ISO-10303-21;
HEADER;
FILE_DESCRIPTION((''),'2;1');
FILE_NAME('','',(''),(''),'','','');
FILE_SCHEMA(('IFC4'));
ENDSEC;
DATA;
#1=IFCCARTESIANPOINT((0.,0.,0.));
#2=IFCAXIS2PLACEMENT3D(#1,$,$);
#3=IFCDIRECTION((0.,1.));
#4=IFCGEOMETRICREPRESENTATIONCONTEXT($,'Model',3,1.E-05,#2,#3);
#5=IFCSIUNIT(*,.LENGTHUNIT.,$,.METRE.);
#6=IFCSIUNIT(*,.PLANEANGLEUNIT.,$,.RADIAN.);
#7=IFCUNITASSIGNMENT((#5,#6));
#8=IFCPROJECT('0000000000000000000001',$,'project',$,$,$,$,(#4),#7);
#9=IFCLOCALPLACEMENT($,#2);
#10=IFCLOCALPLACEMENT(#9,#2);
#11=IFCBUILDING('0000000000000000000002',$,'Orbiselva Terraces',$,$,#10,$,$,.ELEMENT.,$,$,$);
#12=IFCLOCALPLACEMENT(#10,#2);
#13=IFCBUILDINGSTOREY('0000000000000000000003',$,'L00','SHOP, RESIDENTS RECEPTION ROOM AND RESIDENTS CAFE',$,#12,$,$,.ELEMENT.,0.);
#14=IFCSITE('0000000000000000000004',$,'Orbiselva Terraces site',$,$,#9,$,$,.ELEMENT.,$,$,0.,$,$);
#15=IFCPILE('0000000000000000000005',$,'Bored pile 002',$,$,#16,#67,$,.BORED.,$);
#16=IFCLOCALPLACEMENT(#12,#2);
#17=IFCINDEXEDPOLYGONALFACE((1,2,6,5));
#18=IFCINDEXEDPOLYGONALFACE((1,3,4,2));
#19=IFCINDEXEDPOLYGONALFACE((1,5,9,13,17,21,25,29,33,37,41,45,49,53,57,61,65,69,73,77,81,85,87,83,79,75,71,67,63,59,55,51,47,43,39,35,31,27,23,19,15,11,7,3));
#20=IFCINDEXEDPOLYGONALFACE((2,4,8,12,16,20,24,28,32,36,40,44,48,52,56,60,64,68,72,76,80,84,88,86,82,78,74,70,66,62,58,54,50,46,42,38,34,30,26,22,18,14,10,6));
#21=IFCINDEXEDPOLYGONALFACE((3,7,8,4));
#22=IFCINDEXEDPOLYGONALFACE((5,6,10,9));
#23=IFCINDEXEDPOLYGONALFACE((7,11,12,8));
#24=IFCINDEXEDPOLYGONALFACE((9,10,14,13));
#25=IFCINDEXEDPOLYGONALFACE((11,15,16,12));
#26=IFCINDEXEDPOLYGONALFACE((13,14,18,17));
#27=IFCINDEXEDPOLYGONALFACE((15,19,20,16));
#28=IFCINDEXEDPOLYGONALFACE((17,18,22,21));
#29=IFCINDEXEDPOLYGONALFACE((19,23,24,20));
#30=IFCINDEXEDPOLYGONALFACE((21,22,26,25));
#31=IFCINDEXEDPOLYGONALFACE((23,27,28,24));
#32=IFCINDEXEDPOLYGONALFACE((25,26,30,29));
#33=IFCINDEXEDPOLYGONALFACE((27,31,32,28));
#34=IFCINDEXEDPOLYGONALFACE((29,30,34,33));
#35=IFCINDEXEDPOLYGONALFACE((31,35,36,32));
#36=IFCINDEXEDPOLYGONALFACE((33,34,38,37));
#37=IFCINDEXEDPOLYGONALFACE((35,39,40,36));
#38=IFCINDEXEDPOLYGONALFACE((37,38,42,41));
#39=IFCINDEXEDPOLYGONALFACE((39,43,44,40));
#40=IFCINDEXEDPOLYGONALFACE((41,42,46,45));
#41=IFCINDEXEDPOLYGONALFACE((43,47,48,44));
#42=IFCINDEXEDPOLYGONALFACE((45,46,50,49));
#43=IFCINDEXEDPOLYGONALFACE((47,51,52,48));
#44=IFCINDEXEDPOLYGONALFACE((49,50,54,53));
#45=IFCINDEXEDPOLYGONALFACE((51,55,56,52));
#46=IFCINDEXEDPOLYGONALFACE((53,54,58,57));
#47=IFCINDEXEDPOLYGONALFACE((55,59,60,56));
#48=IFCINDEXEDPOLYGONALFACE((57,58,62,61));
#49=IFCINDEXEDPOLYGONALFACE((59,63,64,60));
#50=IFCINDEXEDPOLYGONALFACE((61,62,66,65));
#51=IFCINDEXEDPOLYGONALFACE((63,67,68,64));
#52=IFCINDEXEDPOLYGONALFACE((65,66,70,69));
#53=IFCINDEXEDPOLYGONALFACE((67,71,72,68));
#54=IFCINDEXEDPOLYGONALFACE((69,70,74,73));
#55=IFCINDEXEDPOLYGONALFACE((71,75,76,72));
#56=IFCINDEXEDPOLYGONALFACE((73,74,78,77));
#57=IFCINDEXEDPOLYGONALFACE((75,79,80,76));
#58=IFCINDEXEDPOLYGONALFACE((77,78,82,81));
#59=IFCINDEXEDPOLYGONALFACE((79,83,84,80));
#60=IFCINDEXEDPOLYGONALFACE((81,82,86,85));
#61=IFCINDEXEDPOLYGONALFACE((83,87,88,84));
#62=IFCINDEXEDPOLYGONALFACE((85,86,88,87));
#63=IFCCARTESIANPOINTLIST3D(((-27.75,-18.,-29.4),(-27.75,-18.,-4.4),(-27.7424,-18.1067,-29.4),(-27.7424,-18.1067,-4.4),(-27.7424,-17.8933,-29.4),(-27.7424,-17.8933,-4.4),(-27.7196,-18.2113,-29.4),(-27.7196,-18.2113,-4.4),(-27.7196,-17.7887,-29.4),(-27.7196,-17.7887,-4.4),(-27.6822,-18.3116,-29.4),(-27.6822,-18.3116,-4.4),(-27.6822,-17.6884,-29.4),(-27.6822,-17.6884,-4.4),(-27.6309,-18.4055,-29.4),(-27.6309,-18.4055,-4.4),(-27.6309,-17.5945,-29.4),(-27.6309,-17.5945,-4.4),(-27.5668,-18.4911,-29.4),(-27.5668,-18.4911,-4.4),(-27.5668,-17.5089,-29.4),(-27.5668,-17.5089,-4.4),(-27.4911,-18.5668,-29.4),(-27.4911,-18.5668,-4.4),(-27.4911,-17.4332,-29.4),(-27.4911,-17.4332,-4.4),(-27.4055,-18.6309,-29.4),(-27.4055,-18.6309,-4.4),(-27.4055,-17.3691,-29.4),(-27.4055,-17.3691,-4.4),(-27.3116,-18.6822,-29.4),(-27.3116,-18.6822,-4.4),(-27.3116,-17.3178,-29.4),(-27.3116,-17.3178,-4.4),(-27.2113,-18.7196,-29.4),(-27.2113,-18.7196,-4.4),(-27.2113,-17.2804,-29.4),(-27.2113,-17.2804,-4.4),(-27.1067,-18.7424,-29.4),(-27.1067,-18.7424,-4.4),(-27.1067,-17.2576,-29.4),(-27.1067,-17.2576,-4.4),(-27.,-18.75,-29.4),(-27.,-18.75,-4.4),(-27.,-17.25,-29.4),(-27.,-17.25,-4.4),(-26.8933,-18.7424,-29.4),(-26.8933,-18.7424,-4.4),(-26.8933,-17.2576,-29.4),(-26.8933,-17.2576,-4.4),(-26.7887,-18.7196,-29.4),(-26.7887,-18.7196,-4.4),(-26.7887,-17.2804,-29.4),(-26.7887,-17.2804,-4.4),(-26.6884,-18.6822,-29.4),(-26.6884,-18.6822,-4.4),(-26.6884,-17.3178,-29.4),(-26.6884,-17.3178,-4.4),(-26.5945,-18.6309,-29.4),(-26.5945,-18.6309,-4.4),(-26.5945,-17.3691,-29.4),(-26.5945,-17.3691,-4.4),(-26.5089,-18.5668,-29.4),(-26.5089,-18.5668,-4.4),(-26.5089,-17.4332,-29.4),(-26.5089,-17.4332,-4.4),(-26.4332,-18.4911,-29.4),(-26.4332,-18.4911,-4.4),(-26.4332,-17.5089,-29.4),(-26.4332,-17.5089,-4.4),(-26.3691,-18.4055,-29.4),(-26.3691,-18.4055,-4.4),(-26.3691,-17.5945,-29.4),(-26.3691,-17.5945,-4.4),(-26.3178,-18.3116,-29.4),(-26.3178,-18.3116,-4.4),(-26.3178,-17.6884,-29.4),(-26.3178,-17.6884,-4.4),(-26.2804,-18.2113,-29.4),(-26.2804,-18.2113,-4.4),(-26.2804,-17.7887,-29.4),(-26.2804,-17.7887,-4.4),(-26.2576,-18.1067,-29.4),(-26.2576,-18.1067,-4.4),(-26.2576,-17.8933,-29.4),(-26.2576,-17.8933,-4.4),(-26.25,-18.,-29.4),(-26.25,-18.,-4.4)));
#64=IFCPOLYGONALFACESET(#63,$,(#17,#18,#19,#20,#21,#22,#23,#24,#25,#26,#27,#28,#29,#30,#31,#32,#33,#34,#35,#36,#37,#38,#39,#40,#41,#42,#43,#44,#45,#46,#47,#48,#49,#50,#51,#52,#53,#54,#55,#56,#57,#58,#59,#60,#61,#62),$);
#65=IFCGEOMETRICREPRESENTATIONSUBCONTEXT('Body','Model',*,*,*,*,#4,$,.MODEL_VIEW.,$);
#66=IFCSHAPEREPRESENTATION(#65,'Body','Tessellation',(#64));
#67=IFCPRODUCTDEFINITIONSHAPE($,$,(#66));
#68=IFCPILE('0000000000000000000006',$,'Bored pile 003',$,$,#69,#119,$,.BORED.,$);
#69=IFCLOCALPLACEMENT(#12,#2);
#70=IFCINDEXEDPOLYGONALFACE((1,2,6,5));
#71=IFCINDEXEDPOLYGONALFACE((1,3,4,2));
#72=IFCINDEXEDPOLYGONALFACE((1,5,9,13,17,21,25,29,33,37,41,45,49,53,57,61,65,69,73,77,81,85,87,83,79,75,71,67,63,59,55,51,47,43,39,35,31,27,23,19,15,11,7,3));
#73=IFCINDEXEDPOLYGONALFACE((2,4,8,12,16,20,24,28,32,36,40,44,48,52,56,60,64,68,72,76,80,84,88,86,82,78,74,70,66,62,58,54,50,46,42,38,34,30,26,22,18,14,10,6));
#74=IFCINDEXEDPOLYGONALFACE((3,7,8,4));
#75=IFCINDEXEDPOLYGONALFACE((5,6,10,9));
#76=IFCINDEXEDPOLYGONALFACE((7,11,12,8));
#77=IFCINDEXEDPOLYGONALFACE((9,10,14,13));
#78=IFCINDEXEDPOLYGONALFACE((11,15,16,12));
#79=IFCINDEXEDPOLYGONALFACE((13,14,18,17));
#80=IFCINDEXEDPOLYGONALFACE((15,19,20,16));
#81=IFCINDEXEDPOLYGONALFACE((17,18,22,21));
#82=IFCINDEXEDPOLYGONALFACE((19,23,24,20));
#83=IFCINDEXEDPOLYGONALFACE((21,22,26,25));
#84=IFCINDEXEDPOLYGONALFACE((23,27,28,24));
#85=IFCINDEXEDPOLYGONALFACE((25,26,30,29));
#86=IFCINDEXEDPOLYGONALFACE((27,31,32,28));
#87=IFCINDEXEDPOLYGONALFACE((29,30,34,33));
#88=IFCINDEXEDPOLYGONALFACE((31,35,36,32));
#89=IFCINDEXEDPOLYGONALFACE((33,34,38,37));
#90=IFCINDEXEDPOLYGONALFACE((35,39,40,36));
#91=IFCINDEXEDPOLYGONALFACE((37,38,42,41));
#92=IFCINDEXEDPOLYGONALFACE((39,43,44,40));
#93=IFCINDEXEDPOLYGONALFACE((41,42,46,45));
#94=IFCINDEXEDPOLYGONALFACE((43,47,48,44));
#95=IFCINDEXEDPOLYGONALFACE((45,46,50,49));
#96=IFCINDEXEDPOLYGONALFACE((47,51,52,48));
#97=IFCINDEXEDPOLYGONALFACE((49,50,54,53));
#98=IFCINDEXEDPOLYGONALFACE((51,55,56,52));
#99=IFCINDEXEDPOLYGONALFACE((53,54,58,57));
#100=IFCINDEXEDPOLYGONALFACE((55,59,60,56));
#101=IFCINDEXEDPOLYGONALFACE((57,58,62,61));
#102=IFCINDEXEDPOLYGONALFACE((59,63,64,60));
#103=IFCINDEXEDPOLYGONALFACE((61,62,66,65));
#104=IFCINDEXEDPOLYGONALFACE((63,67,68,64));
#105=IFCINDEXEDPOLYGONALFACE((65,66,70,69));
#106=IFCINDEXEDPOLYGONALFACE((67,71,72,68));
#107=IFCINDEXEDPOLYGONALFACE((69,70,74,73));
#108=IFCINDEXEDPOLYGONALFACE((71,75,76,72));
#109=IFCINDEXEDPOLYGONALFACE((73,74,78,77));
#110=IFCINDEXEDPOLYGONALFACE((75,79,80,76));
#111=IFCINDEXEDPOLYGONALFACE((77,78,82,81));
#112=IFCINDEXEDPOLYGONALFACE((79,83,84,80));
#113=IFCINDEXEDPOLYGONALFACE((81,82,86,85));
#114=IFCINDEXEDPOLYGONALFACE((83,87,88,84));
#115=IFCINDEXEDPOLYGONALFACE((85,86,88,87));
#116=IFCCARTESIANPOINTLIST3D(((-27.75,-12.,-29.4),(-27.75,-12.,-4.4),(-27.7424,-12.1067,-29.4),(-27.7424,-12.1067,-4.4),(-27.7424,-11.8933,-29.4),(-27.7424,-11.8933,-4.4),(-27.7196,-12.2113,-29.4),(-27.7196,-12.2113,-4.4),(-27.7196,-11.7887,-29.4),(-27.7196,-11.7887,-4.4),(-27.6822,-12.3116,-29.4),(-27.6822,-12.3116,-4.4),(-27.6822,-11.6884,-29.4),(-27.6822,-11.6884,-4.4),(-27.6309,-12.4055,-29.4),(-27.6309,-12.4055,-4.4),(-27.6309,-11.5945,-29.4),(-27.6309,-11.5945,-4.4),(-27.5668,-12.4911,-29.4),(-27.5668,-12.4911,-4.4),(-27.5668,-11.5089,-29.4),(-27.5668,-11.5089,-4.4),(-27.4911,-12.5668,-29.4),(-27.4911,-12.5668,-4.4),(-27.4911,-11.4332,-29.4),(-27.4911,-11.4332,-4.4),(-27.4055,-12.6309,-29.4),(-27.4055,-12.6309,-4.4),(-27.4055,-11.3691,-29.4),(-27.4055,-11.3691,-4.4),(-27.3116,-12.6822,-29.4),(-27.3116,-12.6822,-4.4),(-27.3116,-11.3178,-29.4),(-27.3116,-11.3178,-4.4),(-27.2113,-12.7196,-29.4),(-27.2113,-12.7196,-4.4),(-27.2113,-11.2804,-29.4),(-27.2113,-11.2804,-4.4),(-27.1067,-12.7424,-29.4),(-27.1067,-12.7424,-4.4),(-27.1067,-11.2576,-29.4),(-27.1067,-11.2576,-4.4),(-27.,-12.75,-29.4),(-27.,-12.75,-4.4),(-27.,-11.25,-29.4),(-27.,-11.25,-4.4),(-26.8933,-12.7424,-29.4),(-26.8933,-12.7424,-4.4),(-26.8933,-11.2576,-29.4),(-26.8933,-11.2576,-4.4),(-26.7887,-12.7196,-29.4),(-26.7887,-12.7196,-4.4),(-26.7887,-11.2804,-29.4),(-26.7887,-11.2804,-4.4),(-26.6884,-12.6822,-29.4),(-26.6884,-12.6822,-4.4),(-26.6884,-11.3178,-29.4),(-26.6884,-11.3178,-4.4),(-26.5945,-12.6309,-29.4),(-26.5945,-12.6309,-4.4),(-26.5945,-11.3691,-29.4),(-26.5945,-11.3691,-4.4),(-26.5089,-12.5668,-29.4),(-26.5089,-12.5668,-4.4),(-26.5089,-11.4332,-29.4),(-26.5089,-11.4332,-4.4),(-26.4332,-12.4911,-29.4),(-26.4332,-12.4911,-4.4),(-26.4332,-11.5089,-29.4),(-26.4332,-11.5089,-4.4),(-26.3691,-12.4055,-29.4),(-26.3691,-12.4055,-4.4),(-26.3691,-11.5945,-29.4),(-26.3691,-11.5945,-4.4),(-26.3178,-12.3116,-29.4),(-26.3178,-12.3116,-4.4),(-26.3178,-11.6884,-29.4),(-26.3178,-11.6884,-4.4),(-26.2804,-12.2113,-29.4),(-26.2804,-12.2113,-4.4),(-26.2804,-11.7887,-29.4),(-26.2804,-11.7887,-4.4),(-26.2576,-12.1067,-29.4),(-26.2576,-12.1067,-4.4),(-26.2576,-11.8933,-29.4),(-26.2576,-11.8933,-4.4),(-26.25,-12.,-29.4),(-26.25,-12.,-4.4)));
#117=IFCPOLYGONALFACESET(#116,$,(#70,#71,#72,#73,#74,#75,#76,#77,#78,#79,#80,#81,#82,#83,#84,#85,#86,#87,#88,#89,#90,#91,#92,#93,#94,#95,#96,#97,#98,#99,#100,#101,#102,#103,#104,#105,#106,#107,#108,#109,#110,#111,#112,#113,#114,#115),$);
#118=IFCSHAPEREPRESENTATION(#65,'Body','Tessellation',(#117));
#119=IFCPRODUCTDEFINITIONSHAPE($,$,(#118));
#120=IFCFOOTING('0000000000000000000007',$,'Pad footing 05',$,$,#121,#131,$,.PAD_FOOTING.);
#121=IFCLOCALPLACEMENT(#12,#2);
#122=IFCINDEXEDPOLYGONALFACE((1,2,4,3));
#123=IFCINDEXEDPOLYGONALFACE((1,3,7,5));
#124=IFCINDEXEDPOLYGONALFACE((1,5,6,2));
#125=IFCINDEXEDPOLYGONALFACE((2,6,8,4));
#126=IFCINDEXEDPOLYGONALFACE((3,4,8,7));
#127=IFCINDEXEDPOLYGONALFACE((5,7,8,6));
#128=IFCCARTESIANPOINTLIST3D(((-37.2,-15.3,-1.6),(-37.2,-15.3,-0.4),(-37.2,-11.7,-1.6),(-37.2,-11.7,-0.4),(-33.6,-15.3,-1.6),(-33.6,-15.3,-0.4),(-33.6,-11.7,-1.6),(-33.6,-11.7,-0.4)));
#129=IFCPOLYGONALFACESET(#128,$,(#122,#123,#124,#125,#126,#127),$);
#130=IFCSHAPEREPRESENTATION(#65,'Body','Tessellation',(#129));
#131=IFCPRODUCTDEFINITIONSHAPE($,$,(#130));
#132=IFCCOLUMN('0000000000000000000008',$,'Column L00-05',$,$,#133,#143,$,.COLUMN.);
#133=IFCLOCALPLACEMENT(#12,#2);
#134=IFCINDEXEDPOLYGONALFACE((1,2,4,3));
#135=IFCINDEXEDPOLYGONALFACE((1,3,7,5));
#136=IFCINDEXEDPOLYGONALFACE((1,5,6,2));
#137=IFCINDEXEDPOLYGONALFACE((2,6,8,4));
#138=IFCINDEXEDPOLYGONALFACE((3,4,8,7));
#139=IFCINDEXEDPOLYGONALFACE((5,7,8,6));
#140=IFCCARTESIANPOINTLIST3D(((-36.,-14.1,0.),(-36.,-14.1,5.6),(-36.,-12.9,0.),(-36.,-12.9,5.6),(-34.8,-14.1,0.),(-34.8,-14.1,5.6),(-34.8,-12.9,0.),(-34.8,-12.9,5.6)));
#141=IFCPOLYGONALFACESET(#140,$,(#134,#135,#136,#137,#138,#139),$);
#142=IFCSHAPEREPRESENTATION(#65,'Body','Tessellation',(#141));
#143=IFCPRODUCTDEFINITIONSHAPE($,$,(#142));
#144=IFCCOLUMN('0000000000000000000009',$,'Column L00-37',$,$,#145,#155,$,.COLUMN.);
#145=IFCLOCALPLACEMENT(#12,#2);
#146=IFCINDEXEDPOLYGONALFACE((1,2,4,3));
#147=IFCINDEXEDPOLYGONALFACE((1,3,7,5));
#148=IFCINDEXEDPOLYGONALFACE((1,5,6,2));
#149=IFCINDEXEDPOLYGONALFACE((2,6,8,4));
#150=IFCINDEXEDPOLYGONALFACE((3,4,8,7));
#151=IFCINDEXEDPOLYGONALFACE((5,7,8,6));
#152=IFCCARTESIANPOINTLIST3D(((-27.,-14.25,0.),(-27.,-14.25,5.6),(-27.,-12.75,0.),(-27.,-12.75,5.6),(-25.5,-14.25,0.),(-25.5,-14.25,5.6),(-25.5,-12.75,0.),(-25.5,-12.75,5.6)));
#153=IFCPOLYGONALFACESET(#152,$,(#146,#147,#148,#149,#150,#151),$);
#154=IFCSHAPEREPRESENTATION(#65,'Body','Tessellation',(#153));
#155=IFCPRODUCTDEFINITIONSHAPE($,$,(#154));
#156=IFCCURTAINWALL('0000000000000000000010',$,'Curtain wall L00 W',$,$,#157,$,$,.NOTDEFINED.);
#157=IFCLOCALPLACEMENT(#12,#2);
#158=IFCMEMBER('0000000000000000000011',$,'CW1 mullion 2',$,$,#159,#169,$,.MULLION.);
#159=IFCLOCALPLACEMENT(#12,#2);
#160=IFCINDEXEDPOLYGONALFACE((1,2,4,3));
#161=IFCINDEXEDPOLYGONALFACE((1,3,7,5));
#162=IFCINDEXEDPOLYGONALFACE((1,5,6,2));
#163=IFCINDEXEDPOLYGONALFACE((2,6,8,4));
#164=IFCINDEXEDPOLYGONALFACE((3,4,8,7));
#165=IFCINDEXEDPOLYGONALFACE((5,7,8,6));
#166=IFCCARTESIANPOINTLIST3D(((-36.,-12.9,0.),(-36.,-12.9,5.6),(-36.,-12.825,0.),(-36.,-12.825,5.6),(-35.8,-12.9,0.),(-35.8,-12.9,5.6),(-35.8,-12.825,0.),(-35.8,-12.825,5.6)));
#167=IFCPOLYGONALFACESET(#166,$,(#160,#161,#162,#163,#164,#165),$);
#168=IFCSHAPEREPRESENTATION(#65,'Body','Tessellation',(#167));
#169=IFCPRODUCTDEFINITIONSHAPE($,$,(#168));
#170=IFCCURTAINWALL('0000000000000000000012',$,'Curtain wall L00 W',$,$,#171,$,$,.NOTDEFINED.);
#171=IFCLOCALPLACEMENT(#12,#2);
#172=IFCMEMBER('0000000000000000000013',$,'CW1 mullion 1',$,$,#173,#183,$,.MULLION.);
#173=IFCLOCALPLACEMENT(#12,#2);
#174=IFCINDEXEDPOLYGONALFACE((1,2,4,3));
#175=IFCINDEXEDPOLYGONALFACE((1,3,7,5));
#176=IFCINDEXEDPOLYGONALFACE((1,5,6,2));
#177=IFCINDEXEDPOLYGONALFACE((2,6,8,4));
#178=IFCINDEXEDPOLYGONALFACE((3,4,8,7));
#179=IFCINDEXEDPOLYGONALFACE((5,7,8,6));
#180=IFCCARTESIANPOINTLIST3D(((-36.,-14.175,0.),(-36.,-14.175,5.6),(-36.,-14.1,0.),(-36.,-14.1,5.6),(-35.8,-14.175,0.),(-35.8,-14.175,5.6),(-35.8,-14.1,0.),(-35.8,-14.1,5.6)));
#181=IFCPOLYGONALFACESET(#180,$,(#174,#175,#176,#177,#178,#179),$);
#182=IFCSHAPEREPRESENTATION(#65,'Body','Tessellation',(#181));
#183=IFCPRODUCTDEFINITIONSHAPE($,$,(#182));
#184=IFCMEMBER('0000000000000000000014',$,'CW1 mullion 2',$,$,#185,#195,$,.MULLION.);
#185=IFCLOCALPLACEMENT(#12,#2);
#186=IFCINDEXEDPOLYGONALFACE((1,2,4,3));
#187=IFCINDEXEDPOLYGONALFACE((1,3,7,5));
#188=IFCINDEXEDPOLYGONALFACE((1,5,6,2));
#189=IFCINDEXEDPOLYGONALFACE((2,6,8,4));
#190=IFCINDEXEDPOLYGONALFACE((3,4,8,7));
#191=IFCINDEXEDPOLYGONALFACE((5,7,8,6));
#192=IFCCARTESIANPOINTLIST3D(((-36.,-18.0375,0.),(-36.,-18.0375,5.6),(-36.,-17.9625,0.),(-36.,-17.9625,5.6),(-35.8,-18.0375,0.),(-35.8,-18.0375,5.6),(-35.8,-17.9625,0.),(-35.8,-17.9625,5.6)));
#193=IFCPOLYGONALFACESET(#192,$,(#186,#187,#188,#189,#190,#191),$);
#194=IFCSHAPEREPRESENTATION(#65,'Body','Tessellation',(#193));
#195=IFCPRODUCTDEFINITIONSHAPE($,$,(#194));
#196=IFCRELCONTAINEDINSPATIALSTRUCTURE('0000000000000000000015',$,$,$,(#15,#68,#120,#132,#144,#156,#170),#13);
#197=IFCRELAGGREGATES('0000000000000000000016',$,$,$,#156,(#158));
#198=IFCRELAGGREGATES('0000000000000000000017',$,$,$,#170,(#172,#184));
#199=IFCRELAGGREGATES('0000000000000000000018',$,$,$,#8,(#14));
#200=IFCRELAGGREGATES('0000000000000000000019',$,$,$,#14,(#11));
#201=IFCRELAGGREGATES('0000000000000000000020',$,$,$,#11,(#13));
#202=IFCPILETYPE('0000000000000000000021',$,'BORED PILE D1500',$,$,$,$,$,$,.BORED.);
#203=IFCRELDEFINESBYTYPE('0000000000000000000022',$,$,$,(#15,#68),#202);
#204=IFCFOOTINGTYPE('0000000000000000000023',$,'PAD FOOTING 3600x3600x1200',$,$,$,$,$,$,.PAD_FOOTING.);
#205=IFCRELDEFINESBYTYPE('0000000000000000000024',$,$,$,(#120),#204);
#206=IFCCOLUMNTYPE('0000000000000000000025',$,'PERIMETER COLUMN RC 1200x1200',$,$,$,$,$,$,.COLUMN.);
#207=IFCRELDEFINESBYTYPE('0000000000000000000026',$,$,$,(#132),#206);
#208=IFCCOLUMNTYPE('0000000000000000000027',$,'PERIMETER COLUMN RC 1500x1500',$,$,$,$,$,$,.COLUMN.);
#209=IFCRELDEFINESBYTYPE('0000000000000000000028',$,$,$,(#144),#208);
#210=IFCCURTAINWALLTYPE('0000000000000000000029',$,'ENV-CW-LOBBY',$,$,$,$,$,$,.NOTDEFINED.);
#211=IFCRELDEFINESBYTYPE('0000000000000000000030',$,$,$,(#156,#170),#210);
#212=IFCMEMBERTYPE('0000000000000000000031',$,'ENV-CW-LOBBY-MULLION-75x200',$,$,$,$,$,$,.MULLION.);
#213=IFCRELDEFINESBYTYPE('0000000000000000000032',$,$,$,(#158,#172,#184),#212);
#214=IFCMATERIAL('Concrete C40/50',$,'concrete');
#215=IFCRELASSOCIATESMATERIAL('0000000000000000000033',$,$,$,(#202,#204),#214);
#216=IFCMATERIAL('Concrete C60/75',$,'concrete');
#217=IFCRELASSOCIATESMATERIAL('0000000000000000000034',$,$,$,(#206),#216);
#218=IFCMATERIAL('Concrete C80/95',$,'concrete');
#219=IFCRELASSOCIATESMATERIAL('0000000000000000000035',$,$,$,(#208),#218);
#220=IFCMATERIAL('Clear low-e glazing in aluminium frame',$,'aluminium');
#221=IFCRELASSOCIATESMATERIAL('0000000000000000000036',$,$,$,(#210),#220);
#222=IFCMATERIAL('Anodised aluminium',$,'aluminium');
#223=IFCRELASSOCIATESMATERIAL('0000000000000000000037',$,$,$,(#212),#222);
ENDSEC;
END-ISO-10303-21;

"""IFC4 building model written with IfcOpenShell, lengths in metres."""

from ifc_helpers import new_model, si_unit, direction, frame, origin, origin_2d, place, context, subcontext, project, spatial, rectangle, circle, extrude, material, material_profile, profile_set, type_object, element, aggregate, save


model = new_model("IFC4")

# Units and contexts
model_context = context("Model", 3, precision=1e-05, world=origin(), true_north=direction((0.0, 1.0)))
body_context = subcontext(model_context, "Body", "Model", "MODEL_VIEW")
ifc_project = project(units=[si_unit("LENGTHUNIT", "METRE"), si_unit("PLANEANGLEUNIT", "RADIAN")], contexts=[model_context])

# Site, building, storey
site_placement = place(None, origin())
site = spatial("IfcSite", under=ifc_project, at=site_placement, Name="Orbiselva Terraces site", CompositionType="ELEMENT", RefElevation=0.0)
building_placement = place(site_placement, origin())
building = spatial("IfcBuilding", under=site, at=building_placement, Name="Orbiselva Terraces", CompositionType="ELEMENT")
storey_placement = place(building_placement, origin())
storey = spatial("IfcBuildingStorey", under=building, at=storey_placement, Name="L00", Description="SHOP, RESIDENTS RECEPTION ROOM AND RESIDENTS CAFE", CompositionType="ELEMENT", Elevation=0.0)

# Piles
ifc_material_1 = material(Name="Concrete C40/50", Category="concrete")
ifc_material_profile_1 = material_profile(ifc_material_1, circle(Radius=0.75, at=origin_2d()), Name="D1500")
ifc_profile_set_1 = profile_set([ifc_material_profile_1], Name="Concrete C40/50")
pile_type = type_object("IfcPileType", Name="BORED PILE D1500", PredefinedType="BORED", material=ifc_profile_set_1)
for number, where, z_axis, x_axis, name in (
    (1, (-27.0, -18.0, -4.4), (0.0, 0.0, -1.0), (1.0, 0.0, 0.0), "Bored pile 002"),
    (2, (-27.0, -12.0, -4.4), (0.0, 0.0, -1.0), (1.0, 0.0, 0.0), "Bored pile 003"),
):
    element("IfcPile", number, at=place(storey_placement, frame(where, z_axis=z_axis, x_axis=x_axis)), inside=storey, type_object=pile_type, Name=name, PredefinedType="BORED", context=body_context, shape_type="SweptSolid", body=[
        extrude(circle(Radius=0.75, at=origin_2d()), origin(), (0.0, 0.0, 1.0), 25.0),
    ])

# Footing
footing_type = type_object("IfcFootingType", Name="PAD FOOTING 3600x3600x1200", PredefinedType="PAD_FOOTING", material=ifc_material_1)
footing_placement = place(storey_placement, frame((-35.4, -13.5, -1.6), z_axis=(0.0, 0.0, 1.0), x_axis=(1.0, 0.0, 0.0)))
element("IfcFooting", 3, at=footing_placement, inside=storey, type_object=footing_type, Name="Pad footing 05", PredefinedType="PAD_FOOTING", context=body_context, shape_type="SweptSolid", body=[
    extrude(rectangle(XDim=3.6, YDim=3.6, at=origin_2d()), origin(), (0.0, 0.0, 1.0), 1.2),
])

# Columns
ifc_material_2 = material(Name="Concrete C60/75", Category="concrete")
ifc_material_profile_2 = material_profile(ifc_material_2, rectangle(XDim=1.2, YDim=1.2, at=origin_2d()), Name="RC 1200x1200")
ifc_profile_set_2 = profile_set([ifc_material_profile_2], Name="Concrete C60/75")
column_type_1 = type_object("IfcColumnType", Name="PERIMETER COLUMN RC 1200x1200", PredefinedType="COLUMN", material=ifc_profile_set_2)
column_1_placement = place(storey_placement, frame((-35.4, -13.5, 0.0), z_axis=(0.0, 0.0, 1.0), x_axis=(1.0, 0.0, 0.0)))
element("IfcColumn", 4, at=column_1_placement, inside=storey, type_object=column_type_1, Name="Column L00-05", PredefinedType="COLUMN", context=body_context, shape_type="SweptSolid", body=[
    extrude(rectangle(XDim=1.2, YDim=1.2, at=origin_2d()), origin(), (0.0, 0.0, 1.0), 5.6),
])
ifc_material_3 = material(Name="Concrete C80/95", Category="concrete")
ifc_material_profile_3 = material_profile(ifc_material_3, rectangle(XDim=1.5, YDim=1.5, at=origin_2d()), Name="RC 1500x1500")
ifc_profile_set_3 = profile_set([ifc_material_profile_3], Name="Concrete C80/95")
column_type_2 = type_object("IfcColumnType", Name="PERIMETER COLUMN RC 1500x1500", PredefinedType="COLUMN", material=ifc_profile_set_3)
column_2_placement = place(storey_placement, frame((-26.25, -13.5, 0.0), z_axis=(0.0, 0.0, 1.0), x_axis=(1.0, 0.0, 0.0)))
element("IfcColumn", 5, at=column_2_placement, inside=storey, type_object=column_type_2, Name="Column L00-37", PredefinedType="COLUMN", context=body_context, shape_type="SweptSolid", body=[
    extrude(rectangle(XDim=1.5, YDim=1.5, at=origin_2d()), origin(), (0.0, 0.0, 1.0), 5.6),
])

# Curtain wall, member
ifc_material_4 = material(Name="Clear low-e glazing in aluminium frame", Category="aluminium")
curtain_wall_type = type_object("IfcCurtainWallType", Name="ENV-CW-LOBBY", PredefinedType="NOTDEFINED", material=ifc_material_4)
curtain_wall_1_placement = place(storey_placement, origin())
curtain_wall_1 = element("IfcCurtainWall", 6, at=curtain_wall_1_placement, inside=storey, type_object=curtain_wall_type, Name="Curtain wall L00 W", PredefinedType="NOTDEFINED")
ifc_material_5 = material(Name="Anodised aluminium", Category="aluminium")
ifc_material_profile_4 = material_profile(ifc_material_5, rectangle(XDim=0.2, YDim=0.075, at=origin_2d()), Name="AL 75x200")
ifc_profile_set_4 = profile_set([ifc_material_profile_4], Name="Anodised aluminium")
member_type_1 = type_object("IfcMemberType", Name="ENV-CW-LOBBY-MULLION-75x200", PredefinedType="MULLION", material=ifc_profile_set_4)
member_1_placement = place(storey_placement, frame((-35.9, -12.8625, 0.0), z_axis=(0.0, 0.0, 1.0), x_axis=(1.0, 0.0, 0.0)))
member_1 = element("IfcMember", 7, at=member_1_placement, type_object=member_type_1, Name="CW1 mullion 2", PredefinedType="MULLION", context=body_context, shape_type="SweptSolid", body=[
    extrude(rectangle(XDim=0.2, YDim=0.075, at=origin_2d()), origin(), (0.0, 0.0, 1.0), 5.6),
])

# Curtain wall, members
curtain_wall_2_placement = place(storey_placement, origin())
curtain_wall_2 = element("IfcCurtainWall", 8, at=curtain_wall_2_placement, inside=storey, type_object=curtain_wall_type, Name="Curtain wall L00 W", PredefinedType="NOTDEFINED")
member_2_placement = place(storey_placement, frame((-35.9, -14.1375, 0.0), z_axis=(0.0, 0.0, 1.0), x_axis=(1.0, 0.0, 0.0)))
member_2 = element("IfcMember", 9, at=member_2_placement, type_object=member_type_1, Name="CW1 mullion 1", PredefinedType="MULLION", context=body_context, shape_type="SweptSolid", body=[
    extrude(rectangle(XDim=0.2, YDim=0.075, at=origin_2d()), origin(), (0.0, 0.0, 1.0), 5.6),
])
member_3_placement = place(storey_placement, frame((-35.9, -18.0, 0.0), z_axis=(0.0, 0.0, 1.0), x_axis=(1.0, 0.0, 0.0)))
member_3 = element("IfcMember", 10, at=member_3_placement, type_object=member_type_1, Name="CW1 mullion 2", PredefinedType="MULLION", context=body_context, shape_type="SweptSolid", body=[
    extrude(rectangle(XDim=0.2, YDim=0.075, at=origin_2d()), origin(), (0.0, 0.0, 1.0), 5.6),
])

aggregate(curtain_wall_1, [member_1])
aggregate(curtain_wall_2, [member_2, member_3])

save(model, "model.ifc")
